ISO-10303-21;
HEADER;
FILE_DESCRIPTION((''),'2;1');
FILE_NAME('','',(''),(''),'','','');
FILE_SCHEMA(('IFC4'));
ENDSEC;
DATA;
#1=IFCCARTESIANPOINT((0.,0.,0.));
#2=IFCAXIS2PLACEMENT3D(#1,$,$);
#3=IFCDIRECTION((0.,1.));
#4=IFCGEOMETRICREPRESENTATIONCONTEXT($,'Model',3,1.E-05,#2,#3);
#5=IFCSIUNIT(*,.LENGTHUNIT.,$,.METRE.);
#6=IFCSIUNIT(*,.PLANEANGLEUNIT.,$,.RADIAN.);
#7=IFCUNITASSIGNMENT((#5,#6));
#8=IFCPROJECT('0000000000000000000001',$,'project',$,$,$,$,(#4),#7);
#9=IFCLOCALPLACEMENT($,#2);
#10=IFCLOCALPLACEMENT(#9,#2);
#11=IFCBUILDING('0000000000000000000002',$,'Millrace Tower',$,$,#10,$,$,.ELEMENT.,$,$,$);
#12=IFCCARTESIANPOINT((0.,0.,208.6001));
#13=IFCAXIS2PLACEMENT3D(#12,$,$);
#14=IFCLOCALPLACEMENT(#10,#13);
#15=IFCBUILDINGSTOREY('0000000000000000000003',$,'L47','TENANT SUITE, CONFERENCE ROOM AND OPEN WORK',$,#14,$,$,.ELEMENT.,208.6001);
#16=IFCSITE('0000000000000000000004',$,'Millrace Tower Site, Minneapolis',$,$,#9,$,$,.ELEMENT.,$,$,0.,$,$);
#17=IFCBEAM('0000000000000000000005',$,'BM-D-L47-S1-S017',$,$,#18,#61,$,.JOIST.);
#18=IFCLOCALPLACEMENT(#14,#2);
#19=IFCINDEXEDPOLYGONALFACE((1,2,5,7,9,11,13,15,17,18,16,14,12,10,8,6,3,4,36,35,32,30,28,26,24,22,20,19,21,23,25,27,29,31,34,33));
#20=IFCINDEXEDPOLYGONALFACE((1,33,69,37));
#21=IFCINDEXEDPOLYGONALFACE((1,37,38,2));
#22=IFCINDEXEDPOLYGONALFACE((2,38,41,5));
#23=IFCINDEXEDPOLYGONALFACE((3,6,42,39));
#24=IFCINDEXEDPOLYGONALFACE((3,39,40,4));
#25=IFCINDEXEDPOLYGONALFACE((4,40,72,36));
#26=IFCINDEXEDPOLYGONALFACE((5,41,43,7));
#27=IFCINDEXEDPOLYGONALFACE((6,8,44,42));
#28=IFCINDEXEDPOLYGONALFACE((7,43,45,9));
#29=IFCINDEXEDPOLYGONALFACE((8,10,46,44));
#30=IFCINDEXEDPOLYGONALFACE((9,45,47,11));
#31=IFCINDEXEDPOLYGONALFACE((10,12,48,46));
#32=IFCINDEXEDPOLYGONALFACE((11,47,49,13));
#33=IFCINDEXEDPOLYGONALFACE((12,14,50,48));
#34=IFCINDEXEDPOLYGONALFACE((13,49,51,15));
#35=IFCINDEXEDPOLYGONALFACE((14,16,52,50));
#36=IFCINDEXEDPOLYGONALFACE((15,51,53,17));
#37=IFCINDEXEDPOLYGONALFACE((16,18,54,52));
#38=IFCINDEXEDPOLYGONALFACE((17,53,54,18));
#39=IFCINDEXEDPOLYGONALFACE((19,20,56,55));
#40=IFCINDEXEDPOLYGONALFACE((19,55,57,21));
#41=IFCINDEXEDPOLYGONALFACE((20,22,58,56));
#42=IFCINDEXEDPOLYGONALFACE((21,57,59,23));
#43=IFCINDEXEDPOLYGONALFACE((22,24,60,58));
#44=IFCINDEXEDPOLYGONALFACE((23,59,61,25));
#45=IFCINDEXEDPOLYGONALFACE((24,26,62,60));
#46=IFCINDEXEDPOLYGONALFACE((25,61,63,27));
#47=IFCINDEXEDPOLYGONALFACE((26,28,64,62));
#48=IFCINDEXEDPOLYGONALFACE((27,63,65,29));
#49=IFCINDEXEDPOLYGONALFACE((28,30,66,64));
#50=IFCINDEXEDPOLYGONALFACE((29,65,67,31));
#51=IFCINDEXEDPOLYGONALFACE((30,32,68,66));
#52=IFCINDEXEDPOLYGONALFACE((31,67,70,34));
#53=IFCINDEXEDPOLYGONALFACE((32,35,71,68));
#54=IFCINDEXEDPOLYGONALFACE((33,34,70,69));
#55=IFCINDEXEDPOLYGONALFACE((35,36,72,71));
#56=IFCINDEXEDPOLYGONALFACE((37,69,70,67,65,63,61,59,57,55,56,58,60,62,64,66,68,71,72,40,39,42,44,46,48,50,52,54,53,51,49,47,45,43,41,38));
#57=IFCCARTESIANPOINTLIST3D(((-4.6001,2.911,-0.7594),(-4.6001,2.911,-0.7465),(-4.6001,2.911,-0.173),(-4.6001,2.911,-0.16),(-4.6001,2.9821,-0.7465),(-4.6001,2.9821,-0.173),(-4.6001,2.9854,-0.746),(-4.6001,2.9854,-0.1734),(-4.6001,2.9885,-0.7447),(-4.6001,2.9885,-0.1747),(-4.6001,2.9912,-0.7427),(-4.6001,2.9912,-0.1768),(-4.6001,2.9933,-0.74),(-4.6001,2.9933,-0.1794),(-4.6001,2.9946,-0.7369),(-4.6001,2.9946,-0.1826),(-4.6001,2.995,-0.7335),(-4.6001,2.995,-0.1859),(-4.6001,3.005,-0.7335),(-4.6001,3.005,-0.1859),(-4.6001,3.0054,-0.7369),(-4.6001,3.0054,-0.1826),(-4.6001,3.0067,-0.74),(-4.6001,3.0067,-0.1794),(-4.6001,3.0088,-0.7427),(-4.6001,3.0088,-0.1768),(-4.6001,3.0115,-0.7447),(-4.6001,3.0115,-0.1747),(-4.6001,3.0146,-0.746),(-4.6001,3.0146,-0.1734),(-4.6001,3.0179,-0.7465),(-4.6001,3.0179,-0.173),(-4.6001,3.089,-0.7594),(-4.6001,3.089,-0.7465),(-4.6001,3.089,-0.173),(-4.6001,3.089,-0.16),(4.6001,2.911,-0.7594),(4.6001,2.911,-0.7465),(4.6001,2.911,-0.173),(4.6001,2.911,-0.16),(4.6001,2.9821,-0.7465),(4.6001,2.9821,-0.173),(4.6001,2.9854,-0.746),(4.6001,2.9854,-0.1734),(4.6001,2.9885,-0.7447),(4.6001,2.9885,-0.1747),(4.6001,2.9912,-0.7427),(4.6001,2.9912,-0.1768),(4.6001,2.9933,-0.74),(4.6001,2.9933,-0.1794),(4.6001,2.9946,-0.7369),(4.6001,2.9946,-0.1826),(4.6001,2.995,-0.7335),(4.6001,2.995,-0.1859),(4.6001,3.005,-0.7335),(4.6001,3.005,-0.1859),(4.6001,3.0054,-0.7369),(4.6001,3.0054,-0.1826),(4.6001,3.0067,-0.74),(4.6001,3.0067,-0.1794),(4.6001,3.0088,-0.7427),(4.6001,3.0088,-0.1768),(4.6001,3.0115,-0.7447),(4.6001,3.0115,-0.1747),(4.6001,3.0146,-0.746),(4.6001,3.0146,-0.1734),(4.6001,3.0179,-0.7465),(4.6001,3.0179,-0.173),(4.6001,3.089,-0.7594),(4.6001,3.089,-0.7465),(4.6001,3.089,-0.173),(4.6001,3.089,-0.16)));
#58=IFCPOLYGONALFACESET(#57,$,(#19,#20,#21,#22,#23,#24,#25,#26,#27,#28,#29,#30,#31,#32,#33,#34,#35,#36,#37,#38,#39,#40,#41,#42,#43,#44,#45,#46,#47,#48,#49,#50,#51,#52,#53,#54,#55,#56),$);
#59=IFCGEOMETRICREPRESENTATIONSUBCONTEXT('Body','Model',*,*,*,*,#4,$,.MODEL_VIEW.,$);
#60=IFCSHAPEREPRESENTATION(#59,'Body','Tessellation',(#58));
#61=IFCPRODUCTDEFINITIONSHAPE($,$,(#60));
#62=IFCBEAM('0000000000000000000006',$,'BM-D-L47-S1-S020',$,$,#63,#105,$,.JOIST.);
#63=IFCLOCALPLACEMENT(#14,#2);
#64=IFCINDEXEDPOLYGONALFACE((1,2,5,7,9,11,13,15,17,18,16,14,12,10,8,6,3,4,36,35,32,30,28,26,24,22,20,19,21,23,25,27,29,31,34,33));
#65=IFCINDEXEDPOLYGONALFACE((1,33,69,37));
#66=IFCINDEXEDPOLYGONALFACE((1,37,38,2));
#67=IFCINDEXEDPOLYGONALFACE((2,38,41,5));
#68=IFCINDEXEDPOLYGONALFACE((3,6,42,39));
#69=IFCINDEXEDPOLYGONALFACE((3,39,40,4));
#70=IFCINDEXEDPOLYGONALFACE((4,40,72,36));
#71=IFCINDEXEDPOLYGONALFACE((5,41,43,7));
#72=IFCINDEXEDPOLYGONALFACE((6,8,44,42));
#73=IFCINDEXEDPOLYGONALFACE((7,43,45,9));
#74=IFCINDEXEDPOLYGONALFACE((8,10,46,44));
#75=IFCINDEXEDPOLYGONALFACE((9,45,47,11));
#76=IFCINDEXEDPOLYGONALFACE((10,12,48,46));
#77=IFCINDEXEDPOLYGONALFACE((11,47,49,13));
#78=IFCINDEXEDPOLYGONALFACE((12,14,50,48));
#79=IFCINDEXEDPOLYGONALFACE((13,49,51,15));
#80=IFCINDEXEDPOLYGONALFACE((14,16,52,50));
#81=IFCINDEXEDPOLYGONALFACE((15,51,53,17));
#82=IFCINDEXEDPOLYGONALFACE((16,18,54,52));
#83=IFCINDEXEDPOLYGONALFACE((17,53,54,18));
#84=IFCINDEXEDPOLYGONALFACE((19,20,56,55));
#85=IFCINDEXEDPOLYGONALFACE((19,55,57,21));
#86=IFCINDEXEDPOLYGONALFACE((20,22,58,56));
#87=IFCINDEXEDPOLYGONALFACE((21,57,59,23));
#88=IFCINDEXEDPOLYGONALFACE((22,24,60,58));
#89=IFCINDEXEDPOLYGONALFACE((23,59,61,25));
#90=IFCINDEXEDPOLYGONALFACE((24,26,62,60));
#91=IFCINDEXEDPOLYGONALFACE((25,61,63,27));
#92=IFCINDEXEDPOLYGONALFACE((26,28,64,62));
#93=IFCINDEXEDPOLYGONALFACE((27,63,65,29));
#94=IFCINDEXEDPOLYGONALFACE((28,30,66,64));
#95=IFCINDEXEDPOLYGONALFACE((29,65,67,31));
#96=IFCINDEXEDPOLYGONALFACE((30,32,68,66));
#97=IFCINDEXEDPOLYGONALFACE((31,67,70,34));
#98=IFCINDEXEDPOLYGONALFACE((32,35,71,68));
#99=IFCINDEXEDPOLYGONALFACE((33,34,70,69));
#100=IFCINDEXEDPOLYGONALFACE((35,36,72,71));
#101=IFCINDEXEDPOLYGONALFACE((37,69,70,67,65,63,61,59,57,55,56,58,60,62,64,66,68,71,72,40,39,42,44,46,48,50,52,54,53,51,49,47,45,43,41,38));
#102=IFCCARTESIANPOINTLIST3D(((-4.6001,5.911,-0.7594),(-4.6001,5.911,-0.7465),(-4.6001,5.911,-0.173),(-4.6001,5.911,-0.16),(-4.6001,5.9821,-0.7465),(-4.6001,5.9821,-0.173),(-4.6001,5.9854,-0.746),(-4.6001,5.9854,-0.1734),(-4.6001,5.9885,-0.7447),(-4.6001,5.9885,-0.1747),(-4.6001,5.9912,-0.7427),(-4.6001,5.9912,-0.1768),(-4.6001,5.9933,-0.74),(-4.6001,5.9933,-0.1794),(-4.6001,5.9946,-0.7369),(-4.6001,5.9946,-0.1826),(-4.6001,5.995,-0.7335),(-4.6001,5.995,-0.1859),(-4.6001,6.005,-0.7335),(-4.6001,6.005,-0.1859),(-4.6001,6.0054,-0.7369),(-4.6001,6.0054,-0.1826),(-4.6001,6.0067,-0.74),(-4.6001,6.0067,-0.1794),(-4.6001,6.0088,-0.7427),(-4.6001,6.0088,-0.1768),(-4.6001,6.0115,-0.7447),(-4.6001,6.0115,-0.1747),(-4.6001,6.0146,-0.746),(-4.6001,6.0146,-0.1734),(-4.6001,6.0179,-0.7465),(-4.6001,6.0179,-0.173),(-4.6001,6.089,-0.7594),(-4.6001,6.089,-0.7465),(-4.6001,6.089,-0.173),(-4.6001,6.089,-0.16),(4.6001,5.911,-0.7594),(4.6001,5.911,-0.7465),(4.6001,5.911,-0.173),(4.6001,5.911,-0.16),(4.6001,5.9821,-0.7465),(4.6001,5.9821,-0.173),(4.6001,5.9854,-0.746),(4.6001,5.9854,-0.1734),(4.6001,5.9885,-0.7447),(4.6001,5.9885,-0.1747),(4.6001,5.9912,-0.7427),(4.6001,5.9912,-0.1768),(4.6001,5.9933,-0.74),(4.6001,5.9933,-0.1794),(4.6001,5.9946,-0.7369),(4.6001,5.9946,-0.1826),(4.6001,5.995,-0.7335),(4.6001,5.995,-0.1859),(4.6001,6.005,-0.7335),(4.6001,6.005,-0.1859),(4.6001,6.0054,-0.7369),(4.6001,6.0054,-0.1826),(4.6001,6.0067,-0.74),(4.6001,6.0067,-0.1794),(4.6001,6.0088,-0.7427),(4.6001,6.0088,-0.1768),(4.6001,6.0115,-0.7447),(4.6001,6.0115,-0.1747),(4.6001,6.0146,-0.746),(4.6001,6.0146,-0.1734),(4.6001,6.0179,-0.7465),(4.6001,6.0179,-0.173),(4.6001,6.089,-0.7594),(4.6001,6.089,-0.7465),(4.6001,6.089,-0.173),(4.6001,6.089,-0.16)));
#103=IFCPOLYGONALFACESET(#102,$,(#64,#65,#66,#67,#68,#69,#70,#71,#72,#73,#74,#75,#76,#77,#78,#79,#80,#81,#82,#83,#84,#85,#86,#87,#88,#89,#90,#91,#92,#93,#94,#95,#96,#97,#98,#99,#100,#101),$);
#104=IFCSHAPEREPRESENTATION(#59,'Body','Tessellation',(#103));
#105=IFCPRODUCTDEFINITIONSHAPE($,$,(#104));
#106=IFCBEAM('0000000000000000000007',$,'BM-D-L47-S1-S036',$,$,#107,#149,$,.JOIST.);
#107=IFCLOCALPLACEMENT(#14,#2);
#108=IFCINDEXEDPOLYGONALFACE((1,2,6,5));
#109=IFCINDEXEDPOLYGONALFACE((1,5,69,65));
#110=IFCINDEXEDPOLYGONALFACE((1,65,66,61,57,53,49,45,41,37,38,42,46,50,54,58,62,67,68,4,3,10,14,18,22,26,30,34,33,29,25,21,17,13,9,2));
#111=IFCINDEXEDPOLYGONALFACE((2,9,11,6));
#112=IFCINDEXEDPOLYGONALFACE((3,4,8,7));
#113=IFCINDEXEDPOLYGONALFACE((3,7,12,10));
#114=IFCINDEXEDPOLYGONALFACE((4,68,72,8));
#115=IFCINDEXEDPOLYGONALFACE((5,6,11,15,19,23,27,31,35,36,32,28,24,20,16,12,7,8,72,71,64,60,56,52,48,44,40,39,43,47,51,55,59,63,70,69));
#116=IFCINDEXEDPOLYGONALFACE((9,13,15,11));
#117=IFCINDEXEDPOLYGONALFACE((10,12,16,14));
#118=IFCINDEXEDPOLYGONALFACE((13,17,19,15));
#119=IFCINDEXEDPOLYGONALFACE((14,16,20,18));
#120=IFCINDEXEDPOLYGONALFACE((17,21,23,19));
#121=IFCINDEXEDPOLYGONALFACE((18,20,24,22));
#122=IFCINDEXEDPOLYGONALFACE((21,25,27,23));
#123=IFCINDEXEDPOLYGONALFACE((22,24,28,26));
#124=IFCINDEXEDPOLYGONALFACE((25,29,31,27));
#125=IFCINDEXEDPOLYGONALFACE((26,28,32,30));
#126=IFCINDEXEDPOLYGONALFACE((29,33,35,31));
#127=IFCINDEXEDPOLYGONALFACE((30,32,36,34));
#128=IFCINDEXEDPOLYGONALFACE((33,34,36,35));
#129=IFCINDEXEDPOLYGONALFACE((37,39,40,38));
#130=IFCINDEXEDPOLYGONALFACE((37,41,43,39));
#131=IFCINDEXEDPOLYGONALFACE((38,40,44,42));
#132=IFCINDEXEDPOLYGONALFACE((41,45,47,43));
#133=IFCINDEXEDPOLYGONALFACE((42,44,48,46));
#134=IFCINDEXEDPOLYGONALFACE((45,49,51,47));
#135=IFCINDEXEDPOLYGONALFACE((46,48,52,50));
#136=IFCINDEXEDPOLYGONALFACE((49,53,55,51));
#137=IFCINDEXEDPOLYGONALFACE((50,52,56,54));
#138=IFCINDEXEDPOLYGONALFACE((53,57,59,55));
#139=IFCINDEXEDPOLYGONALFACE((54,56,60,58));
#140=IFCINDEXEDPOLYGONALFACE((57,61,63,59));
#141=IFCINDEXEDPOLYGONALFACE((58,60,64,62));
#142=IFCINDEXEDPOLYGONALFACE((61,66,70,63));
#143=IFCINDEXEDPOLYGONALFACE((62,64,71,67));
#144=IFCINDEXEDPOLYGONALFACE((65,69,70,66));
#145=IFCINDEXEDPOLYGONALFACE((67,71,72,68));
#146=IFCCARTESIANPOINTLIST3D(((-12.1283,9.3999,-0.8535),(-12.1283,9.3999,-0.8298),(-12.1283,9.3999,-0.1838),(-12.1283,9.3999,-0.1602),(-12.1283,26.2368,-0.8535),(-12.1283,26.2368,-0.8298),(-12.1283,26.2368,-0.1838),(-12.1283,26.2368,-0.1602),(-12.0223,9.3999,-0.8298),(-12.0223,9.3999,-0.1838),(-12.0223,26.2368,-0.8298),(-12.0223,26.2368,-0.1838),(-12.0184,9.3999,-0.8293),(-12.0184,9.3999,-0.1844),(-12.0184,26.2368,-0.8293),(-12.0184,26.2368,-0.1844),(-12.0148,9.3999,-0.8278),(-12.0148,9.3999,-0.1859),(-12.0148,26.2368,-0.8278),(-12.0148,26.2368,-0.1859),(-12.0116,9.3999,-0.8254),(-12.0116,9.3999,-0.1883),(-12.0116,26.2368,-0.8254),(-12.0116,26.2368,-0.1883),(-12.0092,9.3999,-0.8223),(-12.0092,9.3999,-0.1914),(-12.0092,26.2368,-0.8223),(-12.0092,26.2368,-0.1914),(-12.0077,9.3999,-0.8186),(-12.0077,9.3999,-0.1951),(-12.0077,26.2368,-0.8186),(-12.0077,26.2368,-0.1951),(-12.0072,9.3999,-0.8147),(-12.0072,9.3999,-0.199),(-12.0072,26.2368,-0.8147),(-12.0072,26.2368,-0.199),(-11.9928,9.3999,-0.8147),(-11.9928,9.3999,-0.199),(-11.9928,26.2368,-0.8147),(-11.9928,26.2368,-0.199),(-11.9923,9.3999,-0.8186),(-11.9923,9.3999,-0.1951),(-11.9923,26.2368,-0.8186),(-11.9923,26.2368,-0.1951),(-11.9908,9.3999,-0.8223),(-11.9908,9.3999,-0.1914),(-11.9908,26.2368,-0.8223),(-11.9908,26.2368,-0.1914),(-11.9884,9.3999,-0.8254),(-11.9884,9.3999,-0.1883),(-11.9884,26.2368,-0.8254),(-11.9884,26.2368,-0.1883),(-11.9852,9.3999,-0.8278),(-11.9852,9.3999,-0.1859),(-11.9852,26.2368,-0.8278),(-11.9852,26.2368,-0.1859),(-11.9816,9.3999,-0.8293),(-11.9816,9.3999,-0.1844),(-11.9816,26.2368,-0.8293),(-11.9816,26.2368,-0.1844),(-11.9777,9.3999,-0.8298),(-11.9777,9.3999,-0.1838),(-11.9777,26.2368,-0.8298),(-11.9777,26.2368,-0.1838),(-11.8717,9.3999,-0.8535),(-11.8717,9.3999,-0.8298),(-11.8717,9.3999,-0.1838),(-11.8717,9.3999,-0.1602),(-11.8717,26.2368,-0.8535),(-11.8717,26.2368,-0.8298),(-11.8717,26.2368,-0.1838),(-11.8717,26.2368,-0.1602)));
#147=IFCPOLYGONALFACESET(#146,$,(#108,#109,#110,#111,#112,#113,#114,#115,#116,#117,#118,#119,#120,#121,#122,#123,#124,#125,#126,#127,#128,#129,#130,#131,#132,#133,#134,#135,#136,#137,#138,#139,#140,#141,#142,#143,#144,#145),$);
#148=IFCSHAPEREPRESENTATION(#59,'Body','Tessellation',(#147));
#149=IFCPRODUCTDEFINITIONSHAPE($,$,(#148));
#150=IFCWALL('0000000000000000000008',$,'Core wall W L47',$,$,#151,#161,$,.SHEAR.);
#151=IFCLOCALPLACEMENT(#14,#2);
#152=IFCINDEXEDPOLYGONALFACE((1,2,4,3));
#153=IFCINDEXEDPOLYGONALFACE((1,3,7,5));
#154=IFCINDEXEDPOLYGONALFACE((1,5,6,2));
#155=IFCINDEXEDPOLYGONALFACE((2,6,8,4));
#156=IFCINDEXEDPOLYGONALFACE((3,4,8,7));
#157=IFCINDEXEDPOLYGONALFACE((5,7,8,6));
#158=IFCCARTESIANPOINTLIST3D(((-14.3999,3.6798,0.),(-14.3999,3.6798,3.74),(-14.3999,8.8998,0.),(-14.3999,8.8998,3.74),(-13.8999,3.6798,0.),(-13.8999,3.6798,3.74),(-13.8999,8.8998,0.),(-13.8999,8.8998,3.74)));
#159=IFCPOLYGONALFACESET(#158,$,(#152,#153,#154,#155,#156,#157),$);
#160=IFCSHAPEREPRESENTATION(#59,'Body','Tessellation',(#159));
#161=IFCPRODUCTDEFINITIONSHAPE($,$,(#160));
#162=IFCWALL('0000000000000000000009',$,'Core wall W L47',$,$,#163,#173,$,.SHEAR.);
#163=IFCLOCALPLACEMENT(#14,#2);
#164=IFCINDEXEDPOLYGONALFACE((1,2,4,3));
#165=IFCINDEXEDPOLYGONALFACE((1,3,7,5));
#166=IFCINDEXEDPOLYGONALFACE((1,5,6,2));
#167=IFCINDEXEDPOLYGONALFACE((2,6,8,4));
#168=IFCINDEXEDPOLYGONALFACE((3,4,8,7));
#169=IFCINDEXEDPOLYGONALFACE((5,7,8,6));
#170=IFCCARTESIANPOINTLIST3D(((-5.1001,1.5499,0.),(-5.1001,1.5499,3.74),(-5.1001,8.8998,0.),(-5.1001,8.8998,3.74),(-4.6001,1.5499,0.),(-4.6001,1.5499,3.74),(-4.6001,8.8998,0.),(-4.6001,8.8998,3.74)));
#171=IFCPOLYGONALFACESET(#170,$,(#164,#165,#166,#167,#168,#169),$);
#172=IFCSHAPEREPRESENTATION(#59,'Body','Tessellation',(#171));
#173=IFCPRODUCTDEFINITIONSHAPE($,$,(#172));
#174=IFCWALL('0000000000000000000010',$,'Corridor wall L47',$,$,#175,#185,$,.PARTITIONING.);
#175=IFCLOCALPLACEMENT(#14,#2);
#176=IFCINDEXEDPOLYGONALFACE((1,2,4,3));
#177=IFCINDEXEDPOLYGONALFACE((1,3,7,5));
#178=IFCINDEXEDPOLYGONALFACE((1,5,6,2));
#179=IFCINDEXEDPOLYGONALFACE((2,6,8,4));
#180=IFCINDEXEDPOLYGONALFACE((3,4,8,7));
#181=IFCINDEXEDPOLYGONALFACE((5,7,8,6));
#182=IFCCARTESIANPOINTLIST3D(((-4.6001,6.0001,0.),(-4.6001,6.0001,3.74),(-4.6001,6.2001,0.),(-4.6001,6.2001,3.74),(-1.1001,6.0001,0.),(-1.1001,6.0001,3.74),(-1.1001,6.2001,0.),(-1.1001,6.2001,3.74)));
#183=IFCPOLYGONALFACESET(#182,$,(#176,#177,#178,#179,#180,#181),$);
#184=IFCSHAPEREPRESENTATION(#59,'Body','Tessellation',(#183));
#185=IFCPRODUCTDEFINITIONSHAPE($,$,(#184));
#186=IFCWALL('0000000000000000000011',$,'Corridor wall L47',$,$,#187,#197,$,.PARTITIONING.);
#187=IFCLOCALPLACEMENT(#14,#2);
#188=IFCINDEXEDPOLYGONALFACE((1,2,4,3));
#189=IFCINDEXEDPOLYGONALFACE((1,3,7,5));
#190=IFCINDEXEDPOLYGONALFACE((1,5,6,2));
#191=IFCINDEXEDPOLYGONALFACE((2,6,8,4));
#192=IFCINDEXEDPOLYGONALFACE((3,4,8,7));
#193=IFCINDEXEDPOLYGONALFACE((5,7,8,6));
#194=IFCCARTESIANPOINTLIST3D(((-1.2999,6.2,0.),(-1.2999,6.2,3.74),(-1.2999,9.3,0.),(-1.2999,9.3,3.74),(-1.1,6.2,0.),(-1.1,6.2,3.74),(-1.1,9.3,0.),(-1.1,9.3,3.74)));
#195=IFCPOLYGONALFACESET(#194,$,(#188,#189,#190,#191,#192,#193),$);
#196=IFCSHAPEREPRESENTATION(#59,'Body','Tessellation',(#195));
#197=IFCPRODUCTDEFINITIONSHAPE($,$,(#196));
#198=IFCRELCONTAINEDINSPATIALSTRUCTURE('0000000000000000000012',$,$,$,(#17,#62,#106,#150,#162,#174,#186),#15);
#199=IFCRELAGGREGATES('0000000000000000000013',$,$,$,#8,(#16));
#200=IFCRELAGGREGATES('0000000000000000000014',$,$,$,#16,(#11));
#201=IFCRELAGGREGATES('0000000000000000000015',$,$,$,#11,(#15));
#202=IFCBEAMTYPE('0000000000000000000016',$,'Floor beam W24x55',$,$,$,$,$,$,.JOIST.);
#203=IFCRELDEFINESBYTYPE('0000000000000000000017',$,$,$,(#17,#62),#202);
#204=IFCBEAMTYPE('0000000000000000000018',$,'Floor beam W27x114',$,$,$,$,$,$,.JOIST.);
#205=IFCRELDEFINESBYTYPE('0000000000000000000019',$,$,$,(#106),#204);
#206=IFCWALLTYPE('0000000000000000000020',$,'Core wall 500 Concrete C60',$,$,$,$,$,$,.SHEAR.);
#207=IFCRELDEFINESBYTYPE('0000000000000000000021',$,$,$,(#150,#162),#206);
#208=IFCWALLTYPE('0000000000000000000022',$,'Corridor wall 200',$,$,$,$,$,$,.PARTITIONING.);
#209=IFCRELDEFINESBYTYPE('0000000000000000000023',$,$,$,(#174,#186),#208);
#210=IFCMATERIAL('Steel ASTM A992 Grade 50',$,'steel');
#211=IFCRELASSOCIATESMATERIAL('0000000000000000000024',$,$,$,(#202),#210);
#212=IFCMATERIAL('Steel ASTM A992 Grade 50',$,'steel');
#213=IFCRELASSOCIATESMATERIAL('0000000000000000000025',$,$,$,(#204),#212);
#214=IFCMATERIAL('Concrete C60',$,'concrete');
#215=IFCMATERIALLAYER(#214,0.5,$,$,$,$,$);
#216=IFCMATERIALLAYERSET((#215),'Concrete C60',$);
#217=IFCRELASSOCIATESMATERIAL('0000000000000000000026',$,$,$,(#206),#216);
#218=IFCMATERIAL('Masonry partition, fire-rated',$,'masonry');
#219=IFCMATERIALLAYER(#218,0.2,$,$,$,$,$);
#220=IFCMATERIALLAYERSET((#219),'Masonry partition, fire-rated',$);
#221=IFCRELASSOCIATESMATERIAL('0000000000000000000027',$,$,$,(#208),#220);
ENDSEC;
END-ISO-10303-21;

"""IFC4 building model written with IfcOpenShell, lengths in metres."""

from ifc_helpers import new_model, si_unit, direction, frame, frame_2d, origin, origin_2d, place, context, subcontext, project, spatial, rectangle, i_section, extrude, material, layer, layer_set, material_profile, profile_set, type_object, element, save


model = new_model("IFC4")

# Units and contexts
model_context = context("Model", 3, precision=1e-05, world=origin(), true_north=direction((0.0, 1.0)))
body_context = subcontext(model_context, "Body", "Model", "MODEL_VIEW")
ifc_project = project(units=[si_unit("LENGTHUNIT", "METRE"), si_unit("PLANEANGLEUNIT", "RADIAN")], contexts=[model_context])

# Site, building, storey
site_placement = place(None, origin())
site = spatial("IfcSite", under=ifc_project, at=site_placement, Name="Millrace Tower Site, Minneapolis", CompositionType="ELEMENT", RefElevation=0.0)
building_placement = place(site_placement, origin())
building = spatial("IfcBuilding", under=site, at=building_placement, Name="Millrace Tower", CompositionType="ELEMENT")
storey_placement = place(building_placement, frame((0.0, 0.0, 208.6001)))
storey = spatial("IfcBuildingStorey", under=building, at=storey_placement, Name="L47", Description="TENANT SUITE, CONFERENCE ROOM AND OPEN WORK", CompositionType="ELEMENT", Elevation=208.6001)

# Beams
ifc_material_1 = material(Name="Steel ASTM A992 Grade 50", Category="steel")
ifc_material_profile_1 = material_profile(ifc_material_1, i_section(OverallWidth=0.178, OverallDepth=0.5994, WebThickness=0.01, FlangeThickness=0.0129, FilletRadius=0.0129, at=origin_2d()))
ifc_profile_set_1 = profile_set([ifc_material_profile_1], Name="Steel ASTM A992 Grade 50")
beam_type_1 = type_object("IfcBeamType", Name="Floor beam W24x55", PredefinedType="JOIST", material=ifc_profile_set_1)
for number, where, z_axis, x_axis, name in (
    (1, (-4.6001, 3.0, -0.4597), (1.0, 0.0, 0.0), (0.0, 1.0, 0.0), "BM-D-L47-S1-S017"),
    (2, (-4.6001, 6.0, -0.4597), (1.0, 0.0, 0.0), (0.0, 1.0, 0.0), "BM-D-L47-S1-S020"),
):
    element("IfcBeam", number, at=place(storey_placement, frame(where, z_axis=z_axis, x_axis=x_axis)), inside=storey, type_object=beam_type_1, Name=name, PredefinedType="JOIST", context=body_context, shape_type="SweptSolid", body=[
        extrude(i_section(OverallWidth=0.178, OverallDepth=0.5994, WebThickness=0.01, FlangeThickness=0.0129, FilletRadius=0.0129, at=origin_2d()), origin(), (0.0, 0.0, 1.0), 9.2002),
    ])
ifc_material_2 = material(Name="Steel ASTM A992 Grade 50", Category="steel")
ifc_material_profile_2 = material_profile(ifc_material_2, i_section(OverallWidth=0.2566, OverallDepth=0.6934, WebThickness=0.0144, FlangeThickness=0.0237, FilletRadius=0.0151, at=origin_2d()))
ifc_profile_set_2 = profile_set([ifc_material_profile_2], Name="Steel ASTM A992 Grade 50")
beam_type_2 = type_object("IfcBeamType", Name="Floor beam W27x114", PredefinedType="JOIST", material=ifc_profile_set_2)
beam_placement = place(storey_placement, frame((-12.0, 9.3999, -0.5068), z_axis=(0.0, 1.0, 0.0), x_axis=(-1.0, 0.0, 0.0)))
element("IfcBeam", 3, at=beam_placement, inside=storey, type_object=beam_type_2, Name="BM-D-L47-S1-S036", PredefinedType="JOIST", context=body_context, shape_type="SweptSolid", body=[
    extrude(i_section(OverallWidth=0.2566, OverallDepth=0.6934, WebThickness=0.0144, FlangeThickness=0.0237, FilletRadius=0.0151, at=origin_2d()), origin(), (0.0, 0.0, 1.0), 16.8369),
])

# Walls
ifc_material_3 = material(Name="Concrete C60", Category="concrete")
ifc_layer_1 = layer(ifc_material_3, 0.5)
ifc_layer_set_1 = layer_set([ifc_layer_1], Name="Concrete C60")
wall_type_1 = type_object("IfcWallType", Name="Core wall 500 Concrete C60", PredefinedType="SHEAR", material=ifc_layer_set_1)
wall_1_placement = place(storey_placement, frame((-14.1499, 3.6799, 0.0), z_axis=(0.0, 0.0, 1.0), x_axis=(0.0, 1.0, 0.0)))
element("IfcWall", 4, at=wall_1_placement, inside=storey, type_object=wall_type_1, Name="Core wall W L47", PredefinedType="SHEAR", context=body_context, shape_type="SweptSolid", body=[
    extrude(rectangle(XDim=5.22, YDim=0.5, at=frame_2d((2.6099, 0.0))), origin(), (0.0, 0.0, 1.0), 3.74),
])
wall_2_placement = place(storey_placement, frame((-4.8501, 1.55, 0.0), z_axis=(0.0, 0.0, 1.0), x_axis=(0.0, 1.0, 0.0)))
element("IfcWall", 5, at=wall_2_placement, inside=storey, type_object=wall_type_1, Name="Core wall W L47", PredefinedType="SHEAR", context=body_context, shape_type="SweptSolid", body=[
    extrude(rectangle(XDim=7.3499, YDim=0.5, at=frame_2d((3.6748, 0.0))), origin(), (0.0, 0.0, 1.0), 3.74),
])
ifc_material_4 = material(Name="Masonry partition, fire-rated", Category="masonry")
ifc_layer_2 = layer(ifc_material_4, 0.2)
ifc_layer_set_2 = layer_set([ifc_layer_2], Name="Masonry partition, fire-rated")
wall_type_2 = type_object("IfcWallType", Name="Corridor wall 200", PredefinedType="PARTITIONING", material=ifc_layer_set_2)
wall_3_placement = place(storey_placement, frame((-4.6001, 6.1001, 0.0), z_axis=(0.0, 0.0, 1.0), x_axis=(1.0, 0.0, 0.0)))
element("IfcWall", 6, at=wall_3_placement, inside=storey, type_object=wall_type_2, Name="Corridor wall L47", PredefinedType="PARTITIONING", context=body_context, shape_type="SweptSolid", body=[
    extrude(rectangle(XDim=3.5, YDim=0.2, at=frame_2d((1.75, 0.0))), origin(), (0.0, 0.0, 1.0), 3.74),
])
wall_4_placement = place(storey_placement, frame((-1.2, 6.2, 0.0), z_axis=(0.0, 0.0, 1.0), x_axis=(0.0, 1.0, 0.0)))
element("IfcWall", 7, at=wall_4_placement, inside=storey, type_object=wall_type_2, Name="Corridor wall L47", PredefinedType="PARTITIONING", context=body_context, shape_type="SweptSolid", body=[
    extrude(rectangle(XDim=3.1001, YDim=0.2, at=frame_2d((1.55, 0.0))), origin(), (0.0, 0.0, 1.0), 3.74),
])

save(model, "model.ifc")
